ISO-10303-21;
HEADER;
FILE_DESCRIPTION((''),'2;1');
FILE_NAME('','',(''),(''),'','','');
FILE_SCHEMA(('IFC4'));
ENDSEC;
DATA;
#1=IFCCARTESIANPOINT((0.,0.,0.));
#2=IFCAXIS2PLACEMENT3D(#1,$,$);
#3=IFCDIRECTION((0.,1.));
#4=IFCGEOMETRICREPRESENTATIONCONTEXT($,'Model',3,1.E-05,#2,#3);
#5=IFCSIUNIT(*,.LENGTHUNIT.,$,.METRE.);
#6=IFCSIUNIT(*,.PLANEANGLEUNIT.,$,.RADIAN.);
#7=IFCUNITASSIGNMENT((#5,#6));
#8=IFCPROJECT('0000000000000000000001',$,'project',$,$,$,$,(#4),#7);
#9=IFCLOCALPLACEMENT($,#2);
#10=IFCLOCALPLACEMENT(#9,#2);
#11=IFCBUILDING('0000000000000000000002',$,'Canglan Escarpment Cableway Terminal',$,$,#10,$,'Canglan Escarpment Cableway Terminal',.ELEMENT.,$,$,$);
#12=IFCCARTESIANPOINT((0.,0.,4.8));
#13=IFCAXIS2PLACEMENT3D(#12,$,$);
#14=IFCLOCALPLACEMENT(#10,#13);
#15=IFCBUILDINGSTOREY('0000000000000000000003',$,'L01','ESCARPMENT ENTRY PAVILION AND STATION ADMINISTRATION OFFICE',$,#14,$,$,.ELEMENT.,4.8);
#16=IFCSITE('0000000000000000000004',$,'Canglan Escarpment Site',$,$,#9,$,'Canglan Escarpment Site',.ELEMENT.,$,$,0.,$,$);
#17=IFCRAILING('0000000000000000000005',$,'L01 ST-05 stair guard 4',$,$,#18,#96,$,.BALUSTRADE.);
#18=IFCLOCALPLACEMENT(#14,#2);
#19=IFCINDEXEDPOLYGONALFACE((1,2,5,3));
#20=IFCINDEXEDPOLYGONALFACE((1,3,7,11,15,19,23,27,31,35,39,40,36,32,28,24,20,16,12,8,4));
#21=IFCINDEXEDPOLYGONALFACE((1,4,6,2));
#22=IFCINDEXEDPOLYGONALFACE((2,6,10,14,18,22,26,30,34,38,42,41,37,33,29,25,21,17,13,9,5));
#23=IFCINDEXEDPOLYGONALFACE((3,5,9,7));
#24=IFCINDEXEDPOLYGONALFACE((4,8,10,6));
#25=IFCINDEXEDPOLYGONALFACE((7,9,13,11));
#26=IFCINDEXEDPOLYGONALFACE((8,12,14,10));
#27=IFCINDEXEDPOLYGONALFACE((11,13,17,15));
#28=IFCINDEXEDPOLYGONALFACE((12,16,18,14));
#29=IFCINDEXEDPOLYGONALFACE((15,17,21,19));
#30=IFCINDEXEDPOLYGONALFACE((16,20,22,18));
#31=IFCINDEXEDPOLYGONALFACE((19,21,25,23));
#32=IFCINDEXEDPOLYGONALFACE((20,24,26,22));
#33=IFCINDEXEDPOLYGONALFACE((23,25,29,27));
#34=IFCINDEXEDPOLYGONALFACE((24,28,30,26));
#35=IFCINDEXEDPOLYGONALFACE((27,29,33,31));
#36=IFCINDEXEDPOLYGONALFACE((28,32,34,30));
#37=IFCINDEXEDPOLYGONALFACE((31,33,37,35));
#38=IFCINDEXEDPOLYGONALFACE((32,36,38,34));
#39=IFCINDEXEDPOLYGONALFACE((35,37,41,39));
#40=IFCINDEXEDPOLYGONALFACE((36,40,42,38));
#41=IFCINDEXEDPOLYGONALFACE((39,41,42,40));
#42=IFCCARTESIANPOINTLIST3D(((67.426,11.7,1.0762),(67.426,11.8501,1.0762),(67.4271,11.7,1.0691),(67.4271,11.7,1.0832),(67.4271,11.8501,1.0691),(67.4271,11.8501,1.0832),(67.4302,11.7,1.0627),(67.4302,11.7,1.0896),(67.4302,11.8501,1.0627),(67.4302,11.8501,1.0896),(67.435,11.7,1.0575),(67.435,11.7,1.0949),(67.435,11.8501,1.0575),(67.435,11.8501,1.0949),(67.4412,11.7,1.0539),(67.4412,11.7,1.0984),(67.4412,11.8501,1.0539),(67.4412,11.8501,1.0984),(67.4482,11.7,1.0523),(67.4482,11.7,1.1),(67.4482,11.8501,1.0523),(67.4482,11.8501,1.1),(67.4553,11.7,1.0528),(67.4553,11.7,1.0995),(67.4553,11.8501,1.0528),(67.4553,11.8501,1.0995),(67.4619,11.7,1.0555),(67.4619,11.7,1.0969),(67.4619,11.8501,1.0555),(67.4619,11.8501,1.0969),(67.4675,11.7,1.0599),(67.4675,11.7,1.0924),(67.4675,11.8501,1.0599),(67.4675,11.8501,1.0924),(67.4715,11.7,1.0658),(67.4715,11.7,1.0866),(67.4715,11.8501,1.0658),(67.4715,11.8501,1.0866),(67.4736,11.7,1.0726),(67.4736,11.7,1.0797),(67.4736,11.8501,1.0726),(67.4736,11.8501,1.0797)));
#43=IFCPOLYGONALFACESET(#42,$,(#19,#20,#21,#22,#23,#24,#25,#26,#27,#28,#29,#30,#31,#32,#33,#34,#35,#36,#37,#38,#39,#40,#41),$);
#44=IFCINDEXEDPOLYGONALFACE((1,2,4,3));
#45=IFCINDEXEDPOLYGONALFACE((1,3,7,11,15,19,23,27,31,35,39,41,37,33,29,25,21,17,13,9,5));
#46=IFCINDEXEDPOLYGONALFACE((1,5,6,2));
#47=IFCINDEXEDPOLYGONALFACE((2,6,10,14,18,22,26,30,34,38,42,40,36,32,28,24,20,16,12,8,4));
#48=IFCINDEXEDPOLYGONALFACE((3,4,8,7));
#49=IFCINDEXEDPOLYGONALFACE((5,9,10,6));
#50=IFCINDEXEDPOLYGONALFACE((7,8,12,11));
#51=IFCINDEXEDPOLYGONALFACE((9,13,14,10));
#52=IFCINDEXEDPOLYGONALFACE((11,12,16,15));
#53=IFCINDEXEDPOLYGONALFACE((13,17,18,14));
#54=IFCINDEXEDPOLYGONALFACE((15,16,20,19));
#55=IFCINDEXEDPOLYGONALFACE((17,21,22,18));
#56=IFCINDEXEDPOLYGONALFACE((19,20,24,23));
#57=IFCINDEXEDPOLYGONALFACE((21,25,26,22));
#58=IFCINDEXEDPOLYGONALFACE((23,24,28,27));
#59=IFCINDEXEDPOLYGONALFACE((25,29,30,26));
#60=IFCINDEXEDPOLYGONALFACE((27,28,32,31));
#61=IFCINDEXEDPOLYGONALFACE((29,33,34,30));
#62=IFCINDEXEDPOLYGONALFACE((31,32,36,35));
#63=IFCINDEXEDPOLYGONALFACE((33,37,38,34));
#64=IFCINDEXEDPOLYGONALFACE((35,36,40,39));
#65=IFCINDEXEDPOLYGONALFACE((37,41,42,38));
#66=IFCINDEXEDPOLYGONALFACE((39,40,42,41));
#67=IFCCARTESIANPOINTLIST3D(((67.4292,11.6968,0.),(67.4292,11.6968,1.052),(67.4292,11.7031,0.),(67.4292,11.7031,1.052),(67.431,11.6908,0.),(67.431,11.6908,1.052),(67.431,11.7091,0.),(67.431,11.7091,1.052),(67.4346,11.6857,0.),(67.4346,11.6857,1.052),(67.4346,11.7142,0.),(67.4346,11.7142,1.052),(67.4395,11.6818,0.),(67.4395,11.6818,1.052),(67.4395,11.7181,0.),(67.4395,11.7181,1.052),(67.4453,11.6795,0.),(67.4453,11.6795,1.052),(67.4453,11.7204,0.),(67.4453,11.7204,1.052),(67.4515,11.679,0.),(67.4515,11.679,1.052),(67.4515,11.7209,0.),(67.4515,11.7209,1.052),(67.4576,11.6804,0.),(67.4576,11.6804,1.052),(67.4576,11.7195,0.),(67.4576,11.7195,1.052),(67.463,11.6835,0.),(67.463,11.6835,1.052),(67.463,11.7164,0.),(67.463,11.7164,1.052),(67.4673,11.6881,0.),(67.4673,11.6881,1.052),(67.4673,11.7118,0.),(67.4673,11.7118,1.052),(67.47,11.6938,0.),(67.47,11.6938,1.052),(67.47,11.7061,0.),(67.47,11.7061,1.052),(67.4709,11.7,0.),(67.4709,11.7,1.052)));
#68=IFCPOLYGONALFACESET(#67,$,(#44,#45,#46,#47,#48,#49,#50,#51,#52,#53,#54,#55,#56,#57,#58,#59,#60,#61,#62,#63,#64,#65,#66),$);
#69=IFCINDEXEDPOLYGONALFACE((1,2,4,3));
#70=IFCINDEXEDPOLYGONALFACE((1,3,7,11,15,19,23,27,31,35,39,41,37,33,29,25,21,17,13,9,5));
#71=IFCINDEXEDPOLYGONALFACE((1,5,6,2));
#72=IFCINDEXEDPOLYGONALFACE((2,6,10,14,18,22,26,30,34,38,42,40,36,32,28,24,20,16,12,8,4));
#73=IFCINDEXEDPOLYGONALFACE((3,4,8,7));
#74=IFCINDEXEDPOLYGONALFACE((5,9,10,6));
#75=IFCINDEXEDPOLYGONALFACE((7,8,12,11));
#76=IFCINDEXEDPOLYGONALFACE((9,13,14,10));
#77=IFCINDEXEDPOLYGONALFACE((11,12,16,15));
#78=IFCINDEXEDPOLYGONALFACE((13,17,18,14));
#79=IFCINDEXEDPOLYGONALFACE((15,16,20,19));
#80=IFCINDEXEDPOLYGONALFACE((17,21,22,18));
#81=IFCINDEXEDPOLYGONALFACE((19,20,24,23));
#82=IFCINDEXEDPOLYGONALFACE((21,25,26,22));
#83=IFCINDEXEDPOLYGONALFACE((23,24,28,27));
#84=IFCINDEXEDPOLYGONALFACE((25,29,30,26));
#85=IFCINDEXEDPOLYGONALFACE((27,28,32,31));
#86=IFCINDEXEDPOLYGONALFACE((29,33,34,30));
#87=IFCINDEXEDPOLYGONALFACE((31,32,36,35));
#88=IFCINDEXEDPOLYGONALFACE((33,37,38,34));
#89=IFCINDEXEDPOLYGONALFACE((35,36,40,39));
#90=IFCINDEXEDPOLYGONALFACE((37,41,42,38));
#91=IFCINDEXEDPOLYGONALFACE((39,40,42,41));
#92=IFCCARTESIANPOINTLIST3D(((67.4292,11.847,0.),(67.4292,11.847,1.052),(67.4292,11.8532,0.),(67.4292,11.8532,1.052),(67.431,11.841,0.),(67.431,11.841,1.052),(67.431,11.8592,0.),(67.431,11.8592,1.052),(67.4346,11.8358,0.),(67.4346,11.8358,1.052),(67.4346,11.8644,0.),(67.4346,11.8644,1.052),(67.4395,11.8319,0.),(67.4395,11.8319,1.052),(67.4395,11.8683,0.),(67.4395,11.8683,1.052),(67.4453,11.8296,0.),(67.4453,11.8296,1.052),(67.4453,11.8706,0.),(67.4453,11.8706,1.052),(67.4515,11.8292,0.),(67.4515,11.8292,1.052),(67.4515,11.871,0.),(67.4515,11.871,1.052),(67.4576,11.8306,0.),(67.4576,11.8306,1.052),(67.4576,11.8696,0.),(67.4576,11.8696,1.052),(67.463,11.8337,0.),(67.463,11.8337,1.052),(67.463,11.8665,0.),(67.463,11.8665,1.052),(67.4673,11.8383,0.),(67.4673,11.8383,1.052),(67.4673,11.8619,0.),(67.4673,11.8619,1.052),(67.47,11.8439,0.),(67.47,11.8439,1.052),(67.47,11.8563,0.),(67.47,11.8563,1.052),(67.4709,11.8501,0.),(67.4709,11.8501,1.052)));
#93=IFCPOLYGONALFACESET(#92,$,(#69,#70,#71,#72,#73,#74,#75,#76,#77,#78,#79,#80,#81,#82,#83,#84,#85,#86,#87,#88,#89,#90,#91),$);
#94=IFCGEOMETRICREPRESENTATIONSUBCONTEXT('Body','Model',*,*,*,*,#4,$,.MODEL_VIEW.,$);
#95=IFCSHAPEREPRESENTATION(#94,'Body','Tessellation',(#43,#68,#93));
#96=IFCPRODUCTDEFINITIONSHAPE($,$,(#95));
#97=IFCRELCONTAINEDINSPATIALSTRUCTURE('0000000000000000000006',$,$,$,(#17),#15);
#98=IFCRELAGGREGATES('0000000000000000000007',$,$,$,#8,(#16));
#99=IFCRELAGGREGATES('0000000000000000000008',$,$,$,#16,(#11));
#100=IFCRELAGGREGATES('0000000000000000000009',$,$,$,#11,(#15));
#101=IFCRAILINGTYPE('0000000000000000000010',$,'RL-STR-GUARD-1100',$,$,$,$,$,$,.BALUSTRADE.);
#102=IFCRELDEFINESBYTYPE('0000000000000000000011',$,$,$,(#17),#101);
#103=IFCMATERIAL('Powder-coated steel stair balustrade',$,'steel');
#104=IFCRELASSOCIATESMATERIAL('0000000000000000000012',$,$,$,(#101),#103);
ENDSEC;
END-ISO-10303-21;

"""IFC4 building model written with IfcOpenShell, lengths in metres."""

from ifc_helpers import new_model, si_unit, direction, frame, origin, origin_2d, place, context, subcontext, project, spatial, circle, extrude, material, type_object, element, save


model = new_model("IFC4")

# Units and contexts
model_context = context("Model", 3, precision=1e-05, world=origin(), true_north=direction((0.0, 1.0)))
body_context = subcontext(model_context, "Body", "Model", "MODEL_VIEW")
ifc_project = project(units=[si_unit("LENGTHUNIT", "METRE"), si_unit("PLANEANGLEUNIT", "RADIAN")], contexts=[model_context])

# Site, building, storey
site_placement = place(None, origin())
site = spatial("IfcSite", under=ifc_project, at=site_placement, Name="Canglan Escarpment Site", LongName="Canglan Escarpment Site", CompositionType="ELEMENT", RefElevation=0.0)
building_placement = place(site_placement, origin())
building = spatial("IfcBuilding", under=site, at=building_placement, Name="Canglan Escarpment Cableway Terminal", LongName="Canglan Escarpment Cableway Terminal", CompositionType="ELEMENT")
storey_placement = place(building_placement, frame((0.0, 0.0, 4.8)))
storey = spatial("IfcBuildingStorey", under=building, at=storey_placement, Name="L01", Description="ESCARPMENT ENTRY PAVILION AND STATION ADMINISTRATION OFFICE", CompositionType="ELEMENT", Elevation=4.8)

# Railing
ifc_material_1 = material(Name="Powder-coated steel stair balustrade", Category="steel")
railing_type_1 = type_object("IfcRailingType", Name="RL-STR-GUARD-1100", PredefinedType="BALUSTRADE", material=ifc_material_1)
railing_1_placement = place(storey_placement, frame((67.45, 11.7, 0.0)))
element("IfcRailing", 1, at=railing_1_placement, inside=storey, type_object=railing_type_1, Name="L01 ST-05 stair guard 4", PredefinedType="BALUSTRADE", context=body_context, shape_type="SweptSolid", body=[
    extrude(circle(Radius=0.0239, at=origin_2d()), frame((0.0, 0.0, 1.0762), z_axis=(0.0, 1.0, 0.0), x_axis=(-1.0, 0.0, 0.0)), (0.0, 0.0, 1.0), 0.1501),
    extrude(circle(Radius=0.021, at=origin_2d()), origin(), (0.0, 0.0, 1.0), 1.052),
    extrude(circle(Radius=0.021, at=origin_2d()), frame((0.0, 0.1501, 0.0)), (0.0, 0.0, 1.0), 1.052),
])

save(model, "model.ifc")
